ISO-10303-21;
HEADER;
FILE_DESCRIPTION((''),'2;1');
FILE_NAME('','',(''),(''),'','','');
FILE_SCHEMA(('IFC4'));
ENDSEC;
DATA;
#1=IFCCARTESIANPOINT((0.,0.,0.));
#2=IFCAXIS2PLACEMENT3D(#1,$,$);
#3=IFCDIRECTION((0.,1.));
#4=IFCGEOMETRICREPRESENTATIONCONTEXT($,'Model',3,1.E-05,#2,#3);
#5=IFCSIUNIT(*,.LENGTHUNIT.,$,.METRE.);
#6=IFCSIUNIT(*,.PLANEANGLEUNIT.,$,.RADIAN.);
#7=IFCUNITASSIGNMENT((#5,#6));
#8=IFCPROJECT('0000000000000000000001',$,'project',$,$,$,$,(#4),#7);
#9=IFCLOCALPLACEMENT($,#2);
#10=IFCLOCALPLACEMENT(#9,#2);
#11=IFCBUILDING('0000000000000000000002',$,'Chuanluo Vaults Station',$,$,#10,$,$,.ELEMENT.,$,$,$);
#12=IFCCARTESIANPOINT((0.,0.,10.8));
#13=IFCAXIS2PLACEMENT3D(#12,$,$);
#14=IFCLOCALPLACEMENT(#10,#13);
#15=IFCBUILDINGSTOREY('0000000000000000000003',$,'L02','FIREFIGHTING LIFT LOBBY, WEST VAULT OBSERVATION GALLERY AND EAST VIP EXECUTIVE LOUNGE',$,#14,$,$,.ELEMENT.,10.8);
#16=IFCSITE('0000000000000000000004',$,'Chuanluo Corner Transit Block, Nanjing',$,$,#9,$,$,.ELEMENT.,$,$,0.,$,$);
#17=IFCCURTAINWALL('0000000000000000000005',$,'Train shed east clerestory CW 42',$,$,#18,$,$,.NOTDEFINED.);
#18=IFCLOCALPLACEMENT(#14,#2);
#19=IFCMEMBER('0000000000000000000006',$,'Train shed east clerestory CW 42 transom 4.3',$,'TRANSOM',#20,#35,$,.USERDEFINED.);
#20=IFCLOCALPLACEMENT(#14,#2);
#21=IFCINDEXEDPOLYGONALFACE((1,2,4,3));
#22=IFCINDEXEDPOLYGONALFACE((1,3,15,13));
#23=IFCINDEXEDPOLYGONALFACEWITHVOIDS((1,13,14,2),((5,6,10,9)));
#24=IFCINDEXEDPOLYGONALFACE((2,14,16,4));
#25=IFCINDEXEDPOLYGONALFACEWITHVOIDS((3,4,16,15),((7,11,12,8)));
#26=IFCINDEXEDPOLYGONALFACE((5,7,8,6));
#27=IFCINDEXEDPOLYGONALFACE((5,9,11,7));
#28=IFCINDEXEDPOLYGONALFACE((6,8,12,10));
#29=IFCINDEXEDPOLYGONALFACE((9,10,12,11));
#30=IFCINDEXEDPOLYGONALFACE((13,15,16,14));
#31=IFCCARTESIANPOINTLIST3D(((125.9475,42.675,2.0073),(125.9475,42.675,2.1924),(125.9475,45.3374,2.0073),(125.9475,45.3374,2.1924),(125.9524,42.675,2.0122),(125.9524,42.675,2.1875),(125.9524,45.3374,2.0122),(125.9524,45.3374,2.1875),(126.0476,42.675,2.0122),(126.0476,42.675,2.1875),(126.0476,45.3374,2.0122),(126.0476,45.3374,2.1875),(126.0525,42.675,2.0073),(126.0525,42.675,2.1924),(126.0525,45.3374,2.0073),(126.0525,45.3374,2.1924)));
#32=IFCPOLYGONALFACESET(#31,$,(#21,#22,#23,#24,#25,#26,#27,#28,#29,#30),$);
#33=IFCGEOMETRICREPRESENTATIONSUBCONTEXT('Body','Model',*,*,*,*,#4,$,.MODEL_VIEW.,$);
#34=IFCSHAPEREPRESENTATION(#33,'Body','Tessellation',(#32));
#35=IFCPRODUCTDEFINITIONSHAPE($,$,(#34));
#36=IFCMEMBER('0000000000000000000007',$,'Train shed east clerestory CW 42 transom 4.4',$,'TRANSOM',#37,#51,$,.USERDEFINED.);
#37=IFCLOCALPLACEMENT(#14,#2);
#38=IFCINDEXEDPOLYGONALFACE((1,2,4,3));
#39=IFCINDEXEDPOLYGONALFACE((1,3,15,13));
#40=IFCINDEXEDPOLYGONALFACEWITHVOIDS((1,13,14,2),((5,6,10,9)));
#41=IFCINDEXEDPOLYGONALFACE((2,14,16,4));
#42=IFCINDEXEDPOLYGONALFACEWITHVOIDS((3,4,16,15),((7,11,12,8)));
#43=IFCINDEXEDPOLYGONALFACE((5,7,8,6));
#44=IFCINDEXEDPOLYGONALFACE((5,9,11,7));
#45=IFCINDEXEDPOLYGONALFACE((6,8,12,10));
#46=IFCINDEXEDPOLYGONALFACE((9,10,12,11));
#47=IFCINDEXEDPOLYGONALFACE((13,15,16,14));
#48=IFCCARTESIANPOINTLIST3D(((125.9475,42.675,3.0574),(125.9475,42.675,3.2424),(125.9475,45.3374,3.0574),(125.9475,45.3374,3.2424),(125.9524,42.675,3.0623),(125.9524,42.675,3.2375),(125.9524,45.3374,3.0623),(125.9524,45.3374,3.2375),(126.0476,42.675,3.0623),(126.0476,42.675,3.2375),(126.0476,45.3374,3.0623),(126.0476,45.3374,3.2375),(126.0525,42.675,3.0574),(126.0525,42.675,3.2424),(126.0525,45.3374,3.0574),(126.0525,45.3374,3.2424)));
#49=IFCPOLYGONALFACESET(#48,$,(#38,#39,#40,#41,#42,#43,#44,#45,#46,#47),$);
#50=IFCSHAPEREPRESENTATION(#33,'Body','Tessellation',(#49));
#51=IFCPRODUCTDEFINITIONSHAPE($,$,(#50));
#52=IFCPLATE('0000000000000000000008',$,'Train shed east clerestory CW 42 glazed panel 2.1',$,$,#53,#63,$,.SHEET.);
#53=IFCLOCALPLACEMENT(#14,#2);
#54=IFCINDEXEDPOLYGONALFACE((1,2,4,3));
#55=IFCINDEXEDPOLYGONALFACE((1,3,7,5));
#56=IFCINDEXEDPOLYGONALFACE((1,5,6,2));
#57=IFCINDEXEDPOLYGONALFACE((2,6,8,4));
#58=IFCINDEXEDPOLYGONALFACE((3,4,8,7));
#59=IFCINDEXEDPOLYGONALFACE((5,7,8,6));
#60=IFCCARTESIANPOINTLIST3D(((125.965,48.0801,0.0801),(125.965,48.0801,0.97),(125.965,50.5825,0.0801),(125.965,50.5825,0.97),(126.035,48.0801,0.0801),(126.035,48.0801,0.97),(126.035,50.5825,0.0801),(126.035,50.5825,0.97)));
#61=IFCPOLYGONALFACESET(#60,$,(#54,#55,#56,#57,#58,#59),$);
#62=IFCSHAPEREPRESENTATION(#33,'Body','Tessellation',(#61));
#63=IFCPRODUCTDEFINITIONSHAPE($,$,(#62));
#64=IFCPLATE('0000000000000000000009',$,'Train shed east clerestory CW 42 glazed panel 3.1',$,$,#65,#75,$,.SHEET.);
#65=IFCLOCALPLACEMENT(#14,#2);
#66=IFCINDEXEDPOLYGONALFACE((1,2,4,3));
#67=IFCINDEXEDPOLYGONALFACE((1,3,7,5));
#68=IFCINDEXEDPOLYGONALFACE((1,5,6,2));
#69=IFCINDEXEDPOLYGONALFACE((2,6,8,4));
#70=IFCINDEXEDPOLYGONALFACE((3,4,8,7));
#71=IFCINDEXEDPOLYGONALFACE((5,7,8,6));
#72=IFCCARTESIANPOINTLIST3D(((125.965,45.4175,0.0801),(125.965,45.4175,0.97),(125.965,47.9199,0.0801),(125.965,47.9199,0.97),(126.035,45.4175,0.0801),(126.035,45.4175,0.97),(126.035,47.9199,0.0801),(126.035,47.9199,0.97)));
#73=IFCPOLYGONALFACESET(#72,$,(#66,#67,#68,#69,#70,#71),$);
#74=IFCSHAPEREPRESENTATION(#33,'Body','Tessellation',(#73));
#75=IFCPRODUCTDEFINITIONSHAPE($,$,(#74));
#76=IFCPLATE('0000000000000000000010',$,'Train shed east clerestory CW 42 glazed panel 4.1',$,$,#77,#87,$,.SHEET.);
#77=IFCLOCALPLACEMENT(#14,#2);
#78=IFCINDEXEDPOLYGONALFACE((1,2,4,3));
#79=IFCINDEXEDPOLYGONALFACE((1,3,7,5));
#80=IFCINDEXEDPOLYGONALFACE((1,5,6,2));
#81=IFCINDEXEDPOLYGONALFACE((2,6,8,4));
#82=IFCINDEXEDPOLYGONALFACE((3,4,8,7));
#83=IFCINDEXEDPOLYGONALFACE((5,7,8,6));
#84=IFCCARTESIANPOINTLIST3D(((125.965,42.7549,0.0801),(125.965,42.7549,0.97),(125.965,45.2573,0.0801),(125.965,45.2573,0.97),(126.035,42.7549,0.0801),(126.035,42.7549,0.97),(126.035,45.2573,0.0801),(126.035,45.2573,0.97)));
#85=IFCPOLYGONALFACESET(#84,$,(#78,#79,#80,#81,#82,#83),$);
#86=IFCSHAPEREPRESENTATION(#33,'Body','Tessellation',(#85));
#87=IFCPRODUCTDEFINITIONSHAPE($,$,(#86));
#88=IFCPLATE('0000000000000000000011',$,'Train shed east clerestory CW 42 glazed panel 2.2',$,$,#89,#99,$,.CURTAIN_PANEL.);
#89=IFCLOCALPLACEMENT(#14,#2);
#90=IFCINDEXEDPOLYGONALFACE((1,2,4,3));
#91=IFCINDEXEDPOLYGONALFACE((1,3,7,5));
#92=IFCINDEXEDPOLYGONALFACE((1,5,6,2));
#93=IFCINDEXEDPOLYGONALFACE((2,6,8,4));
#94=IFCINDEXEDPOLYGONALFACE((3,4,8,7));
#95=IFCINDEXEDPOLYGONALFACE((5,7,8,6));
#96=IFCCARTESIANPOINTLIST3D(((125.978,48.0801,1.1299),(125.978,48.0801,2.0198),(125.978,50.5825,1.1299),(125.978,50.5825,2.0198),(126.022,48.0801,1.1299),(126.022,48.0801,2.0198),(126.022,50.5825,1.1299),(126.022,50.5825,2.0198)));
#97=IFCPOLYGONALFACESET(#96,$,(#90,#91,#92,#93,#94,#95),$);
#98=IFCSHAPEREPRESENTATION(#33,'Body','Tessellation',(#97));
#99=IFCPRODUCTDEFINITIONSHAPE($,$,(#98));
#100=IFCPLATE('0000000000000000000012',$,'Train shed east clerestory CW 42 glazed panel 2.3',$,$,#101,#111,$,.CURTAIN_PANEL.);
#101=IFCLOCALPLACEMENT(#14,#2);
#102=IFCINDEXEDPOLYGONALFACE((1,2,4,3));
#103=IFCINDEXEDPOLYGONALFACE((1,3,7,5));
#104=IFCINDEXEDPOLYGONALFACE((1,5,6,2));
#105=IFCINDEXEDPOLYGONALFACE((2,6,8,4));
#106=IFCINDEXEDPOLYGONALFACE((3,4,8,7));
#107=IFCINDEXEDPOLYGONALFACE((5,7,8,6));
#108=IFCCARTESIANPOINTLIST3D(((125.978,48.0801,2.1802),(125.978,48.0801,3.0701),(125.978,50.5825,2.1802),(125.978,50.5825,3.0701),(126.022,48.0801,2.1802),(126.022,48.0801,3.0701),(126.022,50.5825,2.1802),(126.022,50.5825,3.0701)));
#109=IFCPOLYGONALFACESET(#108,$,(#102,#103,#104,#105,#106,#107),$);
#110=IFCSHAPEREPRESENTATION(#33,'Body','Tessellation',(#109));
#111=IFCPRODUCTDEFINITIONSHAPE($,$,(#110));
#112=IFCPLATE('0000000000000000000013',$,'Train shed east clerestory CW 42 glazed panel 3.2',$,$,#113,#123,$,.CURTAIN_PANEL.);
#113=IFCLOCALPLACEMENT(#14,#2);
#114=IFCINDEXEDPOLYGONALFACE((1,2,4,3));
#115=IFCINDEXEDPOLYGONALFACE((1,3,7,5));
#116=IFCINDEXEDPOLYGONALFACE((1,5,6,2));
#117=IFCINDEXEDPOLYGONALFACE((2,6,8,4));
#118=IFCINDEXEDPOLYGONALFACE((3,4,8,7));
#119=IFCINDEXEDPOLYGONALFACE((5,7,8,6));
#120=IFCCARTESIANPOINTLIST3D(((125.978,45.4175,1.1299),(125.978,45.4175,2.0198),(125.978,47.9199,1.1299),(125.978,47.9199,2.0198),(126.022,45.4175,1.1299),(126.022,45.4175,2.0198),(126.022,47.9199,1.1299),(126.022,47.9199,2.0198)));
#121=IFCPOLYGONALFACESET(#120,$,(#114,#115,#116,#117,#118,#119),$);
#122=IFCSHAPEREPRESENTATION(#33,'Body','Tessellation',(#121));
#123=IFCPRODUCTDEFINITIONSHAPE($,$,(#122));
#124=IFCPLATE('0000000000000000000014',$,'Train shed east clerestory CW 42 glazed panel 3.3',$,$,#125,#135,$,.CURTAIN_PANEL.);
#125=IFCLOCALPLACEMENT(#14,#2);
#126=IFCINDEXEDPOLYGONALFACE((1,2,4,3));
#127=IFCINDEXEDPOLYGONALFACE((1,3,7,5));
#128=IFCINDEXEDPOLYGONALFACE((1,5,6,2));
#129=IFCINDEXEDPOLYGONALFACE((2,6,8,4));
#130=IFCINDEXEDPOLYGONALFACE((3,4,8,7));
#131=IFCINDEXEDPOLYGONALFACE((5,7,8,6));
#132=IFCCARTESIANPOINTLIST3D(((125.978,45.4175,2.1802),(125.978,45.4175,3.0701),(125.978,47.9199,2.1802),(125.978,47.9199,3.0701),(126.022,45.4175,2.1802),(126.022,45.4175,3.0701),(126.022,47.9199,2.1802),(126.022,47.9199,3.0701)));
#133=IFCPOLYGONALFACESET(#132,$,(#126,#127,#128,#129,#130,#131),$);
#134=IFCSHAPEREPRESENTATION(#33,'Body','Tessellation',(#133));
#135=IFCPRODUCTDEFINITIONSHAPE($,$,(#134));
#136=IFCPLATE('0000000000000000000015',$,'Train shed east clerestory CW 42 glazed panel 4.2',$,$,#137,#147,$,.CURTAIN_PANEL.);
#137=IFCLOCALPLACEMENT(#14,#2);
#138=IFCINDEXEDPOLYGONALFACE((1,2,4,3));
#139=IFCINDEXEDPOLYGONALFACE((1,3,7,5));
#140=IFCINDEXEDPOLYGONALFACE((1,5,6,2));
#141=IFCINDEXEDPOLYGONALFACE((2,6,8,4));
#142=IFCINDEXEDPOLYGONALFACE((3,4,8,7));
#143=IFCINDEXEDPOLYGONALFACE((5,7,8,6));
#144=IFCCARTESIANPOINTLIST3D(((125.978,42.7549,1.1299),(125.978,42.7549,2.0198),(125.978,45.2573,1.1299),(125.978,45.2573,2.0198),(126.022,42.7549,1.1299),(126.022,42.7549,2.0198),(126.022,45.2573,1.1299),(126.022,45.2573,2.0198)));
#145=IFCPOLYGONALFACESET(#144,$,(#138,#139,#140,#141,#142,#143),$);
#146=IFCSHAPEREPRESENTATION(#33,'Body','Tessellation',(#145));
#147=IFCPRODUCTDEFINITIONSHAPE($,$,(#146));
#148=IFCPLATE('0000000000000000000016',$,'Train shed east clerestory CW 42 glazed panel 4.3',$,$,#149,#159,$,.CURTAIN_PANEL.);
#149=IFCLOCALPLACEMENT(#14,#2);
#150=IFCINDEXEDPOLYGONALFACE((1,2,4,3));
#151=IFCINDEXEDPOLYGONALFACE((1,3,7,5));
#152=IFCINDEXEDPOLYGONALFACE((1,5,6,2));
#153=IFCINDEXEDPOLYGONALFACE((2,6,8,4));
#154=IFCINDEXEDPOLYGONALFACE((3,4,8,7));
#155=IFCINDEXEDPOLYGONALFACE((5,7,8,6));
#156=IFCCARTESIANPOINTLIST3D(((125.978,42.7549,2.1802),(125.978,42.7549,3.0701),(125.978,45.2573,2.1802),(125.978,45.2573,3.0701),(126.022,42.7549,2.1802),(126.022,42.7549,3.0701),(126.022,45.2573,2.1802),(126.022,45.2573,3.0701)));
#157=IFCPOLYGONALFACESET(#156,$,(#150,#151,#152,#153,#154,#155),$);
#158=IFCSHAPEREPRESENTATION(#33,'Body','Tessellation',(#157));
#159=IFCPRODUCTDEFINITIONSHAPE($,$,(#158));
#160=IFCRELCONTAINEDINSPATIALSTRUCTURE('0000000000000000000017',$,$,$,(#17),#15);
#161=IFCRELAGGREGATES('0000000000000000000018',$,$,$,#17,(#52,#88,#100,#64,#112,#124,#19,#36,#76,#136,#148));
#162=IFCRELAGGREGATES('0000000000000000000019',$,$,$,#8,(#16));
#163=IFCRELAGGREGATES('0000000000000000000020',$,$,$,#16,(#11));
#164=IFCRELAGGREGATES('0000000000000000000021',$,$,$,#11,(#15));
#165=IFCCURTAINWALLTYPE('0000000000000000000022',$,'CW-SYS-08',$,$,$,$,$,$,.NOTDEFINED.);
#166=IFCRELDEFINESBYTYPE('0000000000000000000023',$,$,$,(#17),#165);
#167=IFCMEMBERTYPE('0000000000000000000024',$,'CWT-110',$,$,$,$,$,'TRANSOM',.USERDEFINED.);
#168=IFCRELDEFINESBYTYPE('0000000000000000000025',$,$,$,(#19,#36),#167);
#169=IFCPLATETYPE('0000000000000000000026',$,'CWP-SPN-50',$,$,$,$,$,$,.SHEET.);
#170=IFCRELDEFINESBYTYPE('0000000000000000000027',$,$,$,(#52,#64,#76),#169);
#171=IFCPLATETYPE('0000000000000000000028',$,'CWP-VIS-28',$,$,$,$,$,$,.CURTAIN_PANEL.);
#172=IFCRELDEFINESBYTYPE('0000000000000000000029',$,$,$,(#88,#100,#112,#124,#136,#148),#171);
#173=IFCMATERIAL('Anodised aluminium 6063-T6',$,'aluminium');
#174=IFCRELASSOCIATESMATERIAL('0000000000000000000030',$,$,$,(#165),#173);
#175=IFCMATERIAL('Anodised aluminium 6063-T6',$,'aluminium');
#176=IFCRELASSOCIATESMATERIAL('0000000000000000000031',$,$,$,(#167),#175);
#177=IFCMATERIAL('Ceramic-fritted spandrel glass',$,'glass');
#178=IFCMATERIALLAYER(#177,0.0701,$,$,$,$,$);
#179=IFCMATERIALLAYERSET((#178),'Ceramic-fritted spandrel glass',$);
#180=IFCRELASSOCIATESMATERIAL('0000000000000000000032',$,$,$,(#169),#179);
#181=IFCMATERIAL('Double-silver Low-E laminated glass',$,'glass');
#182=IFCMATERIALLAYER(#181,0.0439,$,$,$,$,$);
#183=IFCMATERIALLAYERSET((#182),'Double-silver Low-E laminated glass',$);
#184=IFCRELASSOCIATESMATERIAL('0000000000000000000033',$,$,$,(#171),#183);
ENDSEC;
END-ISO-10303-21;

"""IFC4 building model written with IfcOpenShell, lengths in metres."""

from ifc_helpers import new_model, si_unit, direction, frame, origin, origin_2d, place, context, subcontext, project, spatial, rectangle, hollow_rectangle, extrude, material, layer, layer_set, material_profile, profile_set, type_object, element, aggregate, save


model = new_model("IFC4")

# Units and contexts
model_context = context("Model", 3, precision=1e-05, world=origin(), true_north=direction((0.0, 1.0)))
body_context = subcontext(model_context, "Body", "Model", "MODEL_VIEW")
ifc_project = project(units=[si_unit("LENGTHUNIT", "METRE"), si_unit("PLANEANGLEUNIT", "RADIAN")], contexts=[model_context])

# Site, building, storey
site_placement = place(None, origin())
site = spatial("IfcSite", under=ifc_project, at=site_placement, Name="Chuanluo Corner Transit Block, Nanjing", CompositionType="ELEMENT", RefElevation=0.0)
building_placement = place(site_placement, origin())
building = spatial("IfcBuilding", under=site, at=building_placement, Name="Chuanluo Vaults Station", CompositionType="ELEMENT")
storey_placement = place(building_placement, frame((0.0, 0.0, 10.8)))
storey = spatial("IfcBuildingStorey", under=building, at=storey_placement, Name="L02", Description="FIREFIGHTING LIFT LOBBY, WEST VAULT OBSERVATION GALLERY AND EAST VIP EXECUTIVE LOUNGE", CompositionType="ELEMENT", Elevation=10.8)

# Curtain wall, members, plates
ifc_material_1 = material(Name="Anodised aluminium 6063-T6", Category="aluminium")
curtain_wall_type = type_object("IfcCurtainWallType", Name="CW-SYS-08", PredefinedType="NOTDEFINED", material=ifc_material_1)
curtain_wall_placement = place(storey_placement, origin())
curtain_wall = element("IfcCurtainWall", 1, at=curtain_wall_placement, inside=storey, type_object=curtain_wall_type, Name="Train shed east clerestory CW 42", PredefinedType="NOTDEFINED")
ifc_material_2 = material(Name="Anodised aluminium 6063-T6", Category="aluminium")
ifc_material_profile_1 = material_profile(ifc_material_2, hollow_rectangle(XDim=0.105, YDim=0.1851, WallThickness=0.0049, at=origin_2d()))
ifc_profile_set_1 = profile_set([ifc_material_profile_1], Name="Anodised aluminium 6063-T6")
member_type_1 = type_object("IfcMemberType", Name="CWT-110", ElementType="TRANSOM", PredefinedType="USERDEFINED", material=ifc_profile_set_1)
member_1_placement = place(storey_placement, frame((126.0, 45.3374, 2.0999), z_axis=(0.0, -1.0, 0.0), x_axis=(1.0, 0.0, 0.0)))
member_1 = element("IfcMember", 2, at=member_1_placement, type_object=member_type_1, Name="Train shed east clerestory CW 42 transom 4.3", ObjectType="TRANSOM", PredefinedType="USERDEFINED", context=body_context, shape_type="SweptSolid", body=[
    extrude(hollow_rectangle(XDim=0.105, YDim=0.1851, WallThickness=0.0049, at=origin_2d()), origin(), (0.0, 0.0, 1.0), 2.6624),
])
member_2_placement = place(storey_placement, frame((126.0, 45.3374, 3.1499), z_axis=(0.0, -1.0, 0.0), x_axis=(1.0, 0.0, 0.0)))
member_2 = element("IfcMember", 3, at=member_2_placement, type_object=member_type_1, Name="Train shed east clerestory CW 42 transom 4.4", ObjectType="TRANSOM", PredefinedType="USERDEFINED", context=body_context, shape_type="SweptSolid", body=[
    extrude(hollow_rectangle(XDim=0.105, YDim=0.1851, WallThickness=0.0049, at=origin_2d()), origin(), (0.0, 0.0, 1.0), 2.6624),
])
ifc_material_3 = material(Name="Ceramic-fritted spandrel glass", Category="glass")
ifc_layer_1 = layer(ifc_material_3, 0.0701)
ifc_layer_set_1 = layer_set([ifc_layer_1], Name="Ceramic-fritted spandrel glass")
plate_type_1 = type_object("IfcPlateType", Name="CWP-SPN-50", PredefinedType="SHEET", material=ifc_layer_set_1)
plate_1_placement = place(storey_placement, frame((126.0, 49.3313, 0.0801), z_axis=(0.0, 0.0, 1.0), x_axis=(0.0, -1.0, 0.0)))
plate_1 = element("IfcPlate", 4, at=plate_1_placement, type_object=plate_type_1, Name="Train shed east clerestory CW 42 glazed panel 2.1", PredefinedType="SHEET", context=body_context, shape_type="SweptSolid", body=[
    extrude(rectangle(XDim=2.5024, YDim=0.0701, at=origin_2d()), origin(), (0.0, 0.0, 1.0), 0.8899),
])
plate_2_placement = place(storey_placement, frame((126.0, 46.6687, 0.0801), z_axis=(0.0, 0.0, 1.0), x_axis=(0.0, -1.0, 0.0)))
plate_2 = element("IfcPlate", 5, at=plate_2_placement, type_object=plate_type_1, Name="Train shed east clerestory CW 42 glazed panel 3.1", PredefinedType="SHEET", context=body_context, shape_type="SweptSolid", body=[
    extrude(rectangle(XDim=2.5024, YDim=0.0701, at=origin_2d()), origin(), (0.0, 0.0, 1.0), 0.8899),
])
plate_3_placement = place(storey_placement, frame((126.0, 44.0061, 0.0801), z_axis=(0.0, 0.0, 1.0), x_axis=(0.0, -1.0, 0.0)))
plate_3 = element("IfcPlate", 6, at=plate_3_placement, type_object=plate_type_1, Name="Train shed east clerestory CW 42 glazed panel 4.1", PredefinedType="SHEET", context=body_context, shape_type="SweptSolid", body=[
    extrude(rectangle(XDim=2.5024, YDim=0.0701, at=origin_2d()), origin(), (0.0, 0.0, 1.0), 0.8899),
])
ifc_material_4 = material(Name="Double-silver Low-E laminated glass", Category="glass")
ifc_layer_2 = layer(ifc_material_4, 0.0439)
ifc_layer_set_2 = layer_set([ifc_layer_2], Name="Double-silver Low-E laminated glass")
plate_type_2 = type_object("IfcPlateType", Name="CWP-VIS-28", PredefinedType="CURTAIN_PANEL", material=ifc_layer_set_2)
plate_4_placement = place(storey_placement, frame((126.0, 49.3313, 1.1299), z_axis=(0.0, 0.0, 1.0), x_axis=(0.0, -1.0, 0.0)))
plate_4 = element("IfcPlate", 7, at=plate_4_placement, type_object=plate_type_2, Name="Train shed east clerestory CW 42 glazed panel 2.2", PredefinedType="CURTAIN_PANEL", context=body_context, shape_type="SweptSolid", body=[
    extrude(rectangle(XDim=2.5024, YDim=0.0439, at=origin_2d()), origin(), (0.0, 0.0, 1.0), 0.8899),
])
plate_5_placement = place(storey_placement, frame((126.0, 49.3313, 2.1802), z_axis=(0.0, 0.0, 1.0), x_axis=(0.0, -1.0, 0.0)))
plate_5 = element("IfcPlate", 8, at=plate_5_placement, type_object=plate_type_2, Name="Train shed east clerestory CW 42 glazed panel 2.3", PredefinedType="CURTAIN_PANEL", context=body_context, shape_type="SweptSolid", body=[
    extrude(rectangle(XDim=2.5024, YDim=0.0439, at=origin_2d()), origin(), (0.0, 0.0, 1.0), 0.8899),
])
plate_6_placement = place(storey_placement, frame((126.0, 46.6687, 1.1299), z_axis=(0.0, 0.0, 1.0), x_axis=(0.0, -1.0, 0.0)))
plate_6 = element("IfcPlate", 9, at=plate_6_placement, type_object=plate_type_2, Name="Train shed east clerestory CW 42 glazed panel 3.2", PredefinedType="CURTAIN_PANEL", context=body_context, shape_type="SweptSolid", body=[
    extrude(rectangle(XDim=2.5024, YDim=0.0439, at=origin_2d()), origin(), (0.0, 0.0, 1.0), 0.8899),
])
plate_7_placement = place(storey_placement, frame((126.0, 46.6687, 2.1802), z_axis=(0.0, 0.0, 1.0), x_axis=(0.0, -1.0, 0.0)))
plate_7 = element("IfcPlate", 10, at=plate_7_placement, type_object=plate_type_2, Name="Train shed east clerestory CW 42 glazed panel 3.3", PredefinedType="CURTAIN_PANEL", context=body_context, shape_type="SweptSolid", body=[
    extrude(rectangle(XDim=2.5024, YDim=0.0439, at=origin_2d()), origin(), (0.0, 0.0, 1.0), 0.8899),
])
plate_8_placement = place(storey_placement, frame((126.0, 44.0061, 1.1299), z_axis=(0.0, 0.0, 1.0), x_axis=(0.0, -1.0, 0.0)))
plate_8 = element("IfcPlate", 11, at=plate_8_placement, type_object=plate_type_2, Name="Train shed east clerestory CW 42 glazed panel 4.2", PredefinedType="CURTAIN_PANEL", context=body_context, shape_type="SweptSolid", body=[
    extrude(rectangle(XDim=2.5024, YDim=0.0439, at=origin_2d()), origin(), (0.0, 0.0, 1.0), 0.8899),
])
plate_9_placement = place(storey_placement, frame((126.0, 44.0061, 2.1802), z_axis=(0.0, 0.0, 1.0), x_axis=(0.0, -1.0, 0.0)))
plate_9 = element("IfcPlate", 12, at=plate_9_placement, type_object=plate_type_2, Name="Train shed east clerestory CW 42 glazed panel 4.3", PredefinedType="CURTAIN_PANEL", context=body_context, shape_type="SweptSolid", body=[
    extrude(rectangle(XDim=2.5024, YDim=0.0439, at=origin_2d()), origin(), (0.0, 0.0, 1.0), 0.8899),
])
aggregate(curtain_wall, [plate_1, plate_4, plate_5, plate_2, plate_6, plate_7, member_1, member_2, plate_3, plate_8, plate_9])

save(model, "model.ifc")
